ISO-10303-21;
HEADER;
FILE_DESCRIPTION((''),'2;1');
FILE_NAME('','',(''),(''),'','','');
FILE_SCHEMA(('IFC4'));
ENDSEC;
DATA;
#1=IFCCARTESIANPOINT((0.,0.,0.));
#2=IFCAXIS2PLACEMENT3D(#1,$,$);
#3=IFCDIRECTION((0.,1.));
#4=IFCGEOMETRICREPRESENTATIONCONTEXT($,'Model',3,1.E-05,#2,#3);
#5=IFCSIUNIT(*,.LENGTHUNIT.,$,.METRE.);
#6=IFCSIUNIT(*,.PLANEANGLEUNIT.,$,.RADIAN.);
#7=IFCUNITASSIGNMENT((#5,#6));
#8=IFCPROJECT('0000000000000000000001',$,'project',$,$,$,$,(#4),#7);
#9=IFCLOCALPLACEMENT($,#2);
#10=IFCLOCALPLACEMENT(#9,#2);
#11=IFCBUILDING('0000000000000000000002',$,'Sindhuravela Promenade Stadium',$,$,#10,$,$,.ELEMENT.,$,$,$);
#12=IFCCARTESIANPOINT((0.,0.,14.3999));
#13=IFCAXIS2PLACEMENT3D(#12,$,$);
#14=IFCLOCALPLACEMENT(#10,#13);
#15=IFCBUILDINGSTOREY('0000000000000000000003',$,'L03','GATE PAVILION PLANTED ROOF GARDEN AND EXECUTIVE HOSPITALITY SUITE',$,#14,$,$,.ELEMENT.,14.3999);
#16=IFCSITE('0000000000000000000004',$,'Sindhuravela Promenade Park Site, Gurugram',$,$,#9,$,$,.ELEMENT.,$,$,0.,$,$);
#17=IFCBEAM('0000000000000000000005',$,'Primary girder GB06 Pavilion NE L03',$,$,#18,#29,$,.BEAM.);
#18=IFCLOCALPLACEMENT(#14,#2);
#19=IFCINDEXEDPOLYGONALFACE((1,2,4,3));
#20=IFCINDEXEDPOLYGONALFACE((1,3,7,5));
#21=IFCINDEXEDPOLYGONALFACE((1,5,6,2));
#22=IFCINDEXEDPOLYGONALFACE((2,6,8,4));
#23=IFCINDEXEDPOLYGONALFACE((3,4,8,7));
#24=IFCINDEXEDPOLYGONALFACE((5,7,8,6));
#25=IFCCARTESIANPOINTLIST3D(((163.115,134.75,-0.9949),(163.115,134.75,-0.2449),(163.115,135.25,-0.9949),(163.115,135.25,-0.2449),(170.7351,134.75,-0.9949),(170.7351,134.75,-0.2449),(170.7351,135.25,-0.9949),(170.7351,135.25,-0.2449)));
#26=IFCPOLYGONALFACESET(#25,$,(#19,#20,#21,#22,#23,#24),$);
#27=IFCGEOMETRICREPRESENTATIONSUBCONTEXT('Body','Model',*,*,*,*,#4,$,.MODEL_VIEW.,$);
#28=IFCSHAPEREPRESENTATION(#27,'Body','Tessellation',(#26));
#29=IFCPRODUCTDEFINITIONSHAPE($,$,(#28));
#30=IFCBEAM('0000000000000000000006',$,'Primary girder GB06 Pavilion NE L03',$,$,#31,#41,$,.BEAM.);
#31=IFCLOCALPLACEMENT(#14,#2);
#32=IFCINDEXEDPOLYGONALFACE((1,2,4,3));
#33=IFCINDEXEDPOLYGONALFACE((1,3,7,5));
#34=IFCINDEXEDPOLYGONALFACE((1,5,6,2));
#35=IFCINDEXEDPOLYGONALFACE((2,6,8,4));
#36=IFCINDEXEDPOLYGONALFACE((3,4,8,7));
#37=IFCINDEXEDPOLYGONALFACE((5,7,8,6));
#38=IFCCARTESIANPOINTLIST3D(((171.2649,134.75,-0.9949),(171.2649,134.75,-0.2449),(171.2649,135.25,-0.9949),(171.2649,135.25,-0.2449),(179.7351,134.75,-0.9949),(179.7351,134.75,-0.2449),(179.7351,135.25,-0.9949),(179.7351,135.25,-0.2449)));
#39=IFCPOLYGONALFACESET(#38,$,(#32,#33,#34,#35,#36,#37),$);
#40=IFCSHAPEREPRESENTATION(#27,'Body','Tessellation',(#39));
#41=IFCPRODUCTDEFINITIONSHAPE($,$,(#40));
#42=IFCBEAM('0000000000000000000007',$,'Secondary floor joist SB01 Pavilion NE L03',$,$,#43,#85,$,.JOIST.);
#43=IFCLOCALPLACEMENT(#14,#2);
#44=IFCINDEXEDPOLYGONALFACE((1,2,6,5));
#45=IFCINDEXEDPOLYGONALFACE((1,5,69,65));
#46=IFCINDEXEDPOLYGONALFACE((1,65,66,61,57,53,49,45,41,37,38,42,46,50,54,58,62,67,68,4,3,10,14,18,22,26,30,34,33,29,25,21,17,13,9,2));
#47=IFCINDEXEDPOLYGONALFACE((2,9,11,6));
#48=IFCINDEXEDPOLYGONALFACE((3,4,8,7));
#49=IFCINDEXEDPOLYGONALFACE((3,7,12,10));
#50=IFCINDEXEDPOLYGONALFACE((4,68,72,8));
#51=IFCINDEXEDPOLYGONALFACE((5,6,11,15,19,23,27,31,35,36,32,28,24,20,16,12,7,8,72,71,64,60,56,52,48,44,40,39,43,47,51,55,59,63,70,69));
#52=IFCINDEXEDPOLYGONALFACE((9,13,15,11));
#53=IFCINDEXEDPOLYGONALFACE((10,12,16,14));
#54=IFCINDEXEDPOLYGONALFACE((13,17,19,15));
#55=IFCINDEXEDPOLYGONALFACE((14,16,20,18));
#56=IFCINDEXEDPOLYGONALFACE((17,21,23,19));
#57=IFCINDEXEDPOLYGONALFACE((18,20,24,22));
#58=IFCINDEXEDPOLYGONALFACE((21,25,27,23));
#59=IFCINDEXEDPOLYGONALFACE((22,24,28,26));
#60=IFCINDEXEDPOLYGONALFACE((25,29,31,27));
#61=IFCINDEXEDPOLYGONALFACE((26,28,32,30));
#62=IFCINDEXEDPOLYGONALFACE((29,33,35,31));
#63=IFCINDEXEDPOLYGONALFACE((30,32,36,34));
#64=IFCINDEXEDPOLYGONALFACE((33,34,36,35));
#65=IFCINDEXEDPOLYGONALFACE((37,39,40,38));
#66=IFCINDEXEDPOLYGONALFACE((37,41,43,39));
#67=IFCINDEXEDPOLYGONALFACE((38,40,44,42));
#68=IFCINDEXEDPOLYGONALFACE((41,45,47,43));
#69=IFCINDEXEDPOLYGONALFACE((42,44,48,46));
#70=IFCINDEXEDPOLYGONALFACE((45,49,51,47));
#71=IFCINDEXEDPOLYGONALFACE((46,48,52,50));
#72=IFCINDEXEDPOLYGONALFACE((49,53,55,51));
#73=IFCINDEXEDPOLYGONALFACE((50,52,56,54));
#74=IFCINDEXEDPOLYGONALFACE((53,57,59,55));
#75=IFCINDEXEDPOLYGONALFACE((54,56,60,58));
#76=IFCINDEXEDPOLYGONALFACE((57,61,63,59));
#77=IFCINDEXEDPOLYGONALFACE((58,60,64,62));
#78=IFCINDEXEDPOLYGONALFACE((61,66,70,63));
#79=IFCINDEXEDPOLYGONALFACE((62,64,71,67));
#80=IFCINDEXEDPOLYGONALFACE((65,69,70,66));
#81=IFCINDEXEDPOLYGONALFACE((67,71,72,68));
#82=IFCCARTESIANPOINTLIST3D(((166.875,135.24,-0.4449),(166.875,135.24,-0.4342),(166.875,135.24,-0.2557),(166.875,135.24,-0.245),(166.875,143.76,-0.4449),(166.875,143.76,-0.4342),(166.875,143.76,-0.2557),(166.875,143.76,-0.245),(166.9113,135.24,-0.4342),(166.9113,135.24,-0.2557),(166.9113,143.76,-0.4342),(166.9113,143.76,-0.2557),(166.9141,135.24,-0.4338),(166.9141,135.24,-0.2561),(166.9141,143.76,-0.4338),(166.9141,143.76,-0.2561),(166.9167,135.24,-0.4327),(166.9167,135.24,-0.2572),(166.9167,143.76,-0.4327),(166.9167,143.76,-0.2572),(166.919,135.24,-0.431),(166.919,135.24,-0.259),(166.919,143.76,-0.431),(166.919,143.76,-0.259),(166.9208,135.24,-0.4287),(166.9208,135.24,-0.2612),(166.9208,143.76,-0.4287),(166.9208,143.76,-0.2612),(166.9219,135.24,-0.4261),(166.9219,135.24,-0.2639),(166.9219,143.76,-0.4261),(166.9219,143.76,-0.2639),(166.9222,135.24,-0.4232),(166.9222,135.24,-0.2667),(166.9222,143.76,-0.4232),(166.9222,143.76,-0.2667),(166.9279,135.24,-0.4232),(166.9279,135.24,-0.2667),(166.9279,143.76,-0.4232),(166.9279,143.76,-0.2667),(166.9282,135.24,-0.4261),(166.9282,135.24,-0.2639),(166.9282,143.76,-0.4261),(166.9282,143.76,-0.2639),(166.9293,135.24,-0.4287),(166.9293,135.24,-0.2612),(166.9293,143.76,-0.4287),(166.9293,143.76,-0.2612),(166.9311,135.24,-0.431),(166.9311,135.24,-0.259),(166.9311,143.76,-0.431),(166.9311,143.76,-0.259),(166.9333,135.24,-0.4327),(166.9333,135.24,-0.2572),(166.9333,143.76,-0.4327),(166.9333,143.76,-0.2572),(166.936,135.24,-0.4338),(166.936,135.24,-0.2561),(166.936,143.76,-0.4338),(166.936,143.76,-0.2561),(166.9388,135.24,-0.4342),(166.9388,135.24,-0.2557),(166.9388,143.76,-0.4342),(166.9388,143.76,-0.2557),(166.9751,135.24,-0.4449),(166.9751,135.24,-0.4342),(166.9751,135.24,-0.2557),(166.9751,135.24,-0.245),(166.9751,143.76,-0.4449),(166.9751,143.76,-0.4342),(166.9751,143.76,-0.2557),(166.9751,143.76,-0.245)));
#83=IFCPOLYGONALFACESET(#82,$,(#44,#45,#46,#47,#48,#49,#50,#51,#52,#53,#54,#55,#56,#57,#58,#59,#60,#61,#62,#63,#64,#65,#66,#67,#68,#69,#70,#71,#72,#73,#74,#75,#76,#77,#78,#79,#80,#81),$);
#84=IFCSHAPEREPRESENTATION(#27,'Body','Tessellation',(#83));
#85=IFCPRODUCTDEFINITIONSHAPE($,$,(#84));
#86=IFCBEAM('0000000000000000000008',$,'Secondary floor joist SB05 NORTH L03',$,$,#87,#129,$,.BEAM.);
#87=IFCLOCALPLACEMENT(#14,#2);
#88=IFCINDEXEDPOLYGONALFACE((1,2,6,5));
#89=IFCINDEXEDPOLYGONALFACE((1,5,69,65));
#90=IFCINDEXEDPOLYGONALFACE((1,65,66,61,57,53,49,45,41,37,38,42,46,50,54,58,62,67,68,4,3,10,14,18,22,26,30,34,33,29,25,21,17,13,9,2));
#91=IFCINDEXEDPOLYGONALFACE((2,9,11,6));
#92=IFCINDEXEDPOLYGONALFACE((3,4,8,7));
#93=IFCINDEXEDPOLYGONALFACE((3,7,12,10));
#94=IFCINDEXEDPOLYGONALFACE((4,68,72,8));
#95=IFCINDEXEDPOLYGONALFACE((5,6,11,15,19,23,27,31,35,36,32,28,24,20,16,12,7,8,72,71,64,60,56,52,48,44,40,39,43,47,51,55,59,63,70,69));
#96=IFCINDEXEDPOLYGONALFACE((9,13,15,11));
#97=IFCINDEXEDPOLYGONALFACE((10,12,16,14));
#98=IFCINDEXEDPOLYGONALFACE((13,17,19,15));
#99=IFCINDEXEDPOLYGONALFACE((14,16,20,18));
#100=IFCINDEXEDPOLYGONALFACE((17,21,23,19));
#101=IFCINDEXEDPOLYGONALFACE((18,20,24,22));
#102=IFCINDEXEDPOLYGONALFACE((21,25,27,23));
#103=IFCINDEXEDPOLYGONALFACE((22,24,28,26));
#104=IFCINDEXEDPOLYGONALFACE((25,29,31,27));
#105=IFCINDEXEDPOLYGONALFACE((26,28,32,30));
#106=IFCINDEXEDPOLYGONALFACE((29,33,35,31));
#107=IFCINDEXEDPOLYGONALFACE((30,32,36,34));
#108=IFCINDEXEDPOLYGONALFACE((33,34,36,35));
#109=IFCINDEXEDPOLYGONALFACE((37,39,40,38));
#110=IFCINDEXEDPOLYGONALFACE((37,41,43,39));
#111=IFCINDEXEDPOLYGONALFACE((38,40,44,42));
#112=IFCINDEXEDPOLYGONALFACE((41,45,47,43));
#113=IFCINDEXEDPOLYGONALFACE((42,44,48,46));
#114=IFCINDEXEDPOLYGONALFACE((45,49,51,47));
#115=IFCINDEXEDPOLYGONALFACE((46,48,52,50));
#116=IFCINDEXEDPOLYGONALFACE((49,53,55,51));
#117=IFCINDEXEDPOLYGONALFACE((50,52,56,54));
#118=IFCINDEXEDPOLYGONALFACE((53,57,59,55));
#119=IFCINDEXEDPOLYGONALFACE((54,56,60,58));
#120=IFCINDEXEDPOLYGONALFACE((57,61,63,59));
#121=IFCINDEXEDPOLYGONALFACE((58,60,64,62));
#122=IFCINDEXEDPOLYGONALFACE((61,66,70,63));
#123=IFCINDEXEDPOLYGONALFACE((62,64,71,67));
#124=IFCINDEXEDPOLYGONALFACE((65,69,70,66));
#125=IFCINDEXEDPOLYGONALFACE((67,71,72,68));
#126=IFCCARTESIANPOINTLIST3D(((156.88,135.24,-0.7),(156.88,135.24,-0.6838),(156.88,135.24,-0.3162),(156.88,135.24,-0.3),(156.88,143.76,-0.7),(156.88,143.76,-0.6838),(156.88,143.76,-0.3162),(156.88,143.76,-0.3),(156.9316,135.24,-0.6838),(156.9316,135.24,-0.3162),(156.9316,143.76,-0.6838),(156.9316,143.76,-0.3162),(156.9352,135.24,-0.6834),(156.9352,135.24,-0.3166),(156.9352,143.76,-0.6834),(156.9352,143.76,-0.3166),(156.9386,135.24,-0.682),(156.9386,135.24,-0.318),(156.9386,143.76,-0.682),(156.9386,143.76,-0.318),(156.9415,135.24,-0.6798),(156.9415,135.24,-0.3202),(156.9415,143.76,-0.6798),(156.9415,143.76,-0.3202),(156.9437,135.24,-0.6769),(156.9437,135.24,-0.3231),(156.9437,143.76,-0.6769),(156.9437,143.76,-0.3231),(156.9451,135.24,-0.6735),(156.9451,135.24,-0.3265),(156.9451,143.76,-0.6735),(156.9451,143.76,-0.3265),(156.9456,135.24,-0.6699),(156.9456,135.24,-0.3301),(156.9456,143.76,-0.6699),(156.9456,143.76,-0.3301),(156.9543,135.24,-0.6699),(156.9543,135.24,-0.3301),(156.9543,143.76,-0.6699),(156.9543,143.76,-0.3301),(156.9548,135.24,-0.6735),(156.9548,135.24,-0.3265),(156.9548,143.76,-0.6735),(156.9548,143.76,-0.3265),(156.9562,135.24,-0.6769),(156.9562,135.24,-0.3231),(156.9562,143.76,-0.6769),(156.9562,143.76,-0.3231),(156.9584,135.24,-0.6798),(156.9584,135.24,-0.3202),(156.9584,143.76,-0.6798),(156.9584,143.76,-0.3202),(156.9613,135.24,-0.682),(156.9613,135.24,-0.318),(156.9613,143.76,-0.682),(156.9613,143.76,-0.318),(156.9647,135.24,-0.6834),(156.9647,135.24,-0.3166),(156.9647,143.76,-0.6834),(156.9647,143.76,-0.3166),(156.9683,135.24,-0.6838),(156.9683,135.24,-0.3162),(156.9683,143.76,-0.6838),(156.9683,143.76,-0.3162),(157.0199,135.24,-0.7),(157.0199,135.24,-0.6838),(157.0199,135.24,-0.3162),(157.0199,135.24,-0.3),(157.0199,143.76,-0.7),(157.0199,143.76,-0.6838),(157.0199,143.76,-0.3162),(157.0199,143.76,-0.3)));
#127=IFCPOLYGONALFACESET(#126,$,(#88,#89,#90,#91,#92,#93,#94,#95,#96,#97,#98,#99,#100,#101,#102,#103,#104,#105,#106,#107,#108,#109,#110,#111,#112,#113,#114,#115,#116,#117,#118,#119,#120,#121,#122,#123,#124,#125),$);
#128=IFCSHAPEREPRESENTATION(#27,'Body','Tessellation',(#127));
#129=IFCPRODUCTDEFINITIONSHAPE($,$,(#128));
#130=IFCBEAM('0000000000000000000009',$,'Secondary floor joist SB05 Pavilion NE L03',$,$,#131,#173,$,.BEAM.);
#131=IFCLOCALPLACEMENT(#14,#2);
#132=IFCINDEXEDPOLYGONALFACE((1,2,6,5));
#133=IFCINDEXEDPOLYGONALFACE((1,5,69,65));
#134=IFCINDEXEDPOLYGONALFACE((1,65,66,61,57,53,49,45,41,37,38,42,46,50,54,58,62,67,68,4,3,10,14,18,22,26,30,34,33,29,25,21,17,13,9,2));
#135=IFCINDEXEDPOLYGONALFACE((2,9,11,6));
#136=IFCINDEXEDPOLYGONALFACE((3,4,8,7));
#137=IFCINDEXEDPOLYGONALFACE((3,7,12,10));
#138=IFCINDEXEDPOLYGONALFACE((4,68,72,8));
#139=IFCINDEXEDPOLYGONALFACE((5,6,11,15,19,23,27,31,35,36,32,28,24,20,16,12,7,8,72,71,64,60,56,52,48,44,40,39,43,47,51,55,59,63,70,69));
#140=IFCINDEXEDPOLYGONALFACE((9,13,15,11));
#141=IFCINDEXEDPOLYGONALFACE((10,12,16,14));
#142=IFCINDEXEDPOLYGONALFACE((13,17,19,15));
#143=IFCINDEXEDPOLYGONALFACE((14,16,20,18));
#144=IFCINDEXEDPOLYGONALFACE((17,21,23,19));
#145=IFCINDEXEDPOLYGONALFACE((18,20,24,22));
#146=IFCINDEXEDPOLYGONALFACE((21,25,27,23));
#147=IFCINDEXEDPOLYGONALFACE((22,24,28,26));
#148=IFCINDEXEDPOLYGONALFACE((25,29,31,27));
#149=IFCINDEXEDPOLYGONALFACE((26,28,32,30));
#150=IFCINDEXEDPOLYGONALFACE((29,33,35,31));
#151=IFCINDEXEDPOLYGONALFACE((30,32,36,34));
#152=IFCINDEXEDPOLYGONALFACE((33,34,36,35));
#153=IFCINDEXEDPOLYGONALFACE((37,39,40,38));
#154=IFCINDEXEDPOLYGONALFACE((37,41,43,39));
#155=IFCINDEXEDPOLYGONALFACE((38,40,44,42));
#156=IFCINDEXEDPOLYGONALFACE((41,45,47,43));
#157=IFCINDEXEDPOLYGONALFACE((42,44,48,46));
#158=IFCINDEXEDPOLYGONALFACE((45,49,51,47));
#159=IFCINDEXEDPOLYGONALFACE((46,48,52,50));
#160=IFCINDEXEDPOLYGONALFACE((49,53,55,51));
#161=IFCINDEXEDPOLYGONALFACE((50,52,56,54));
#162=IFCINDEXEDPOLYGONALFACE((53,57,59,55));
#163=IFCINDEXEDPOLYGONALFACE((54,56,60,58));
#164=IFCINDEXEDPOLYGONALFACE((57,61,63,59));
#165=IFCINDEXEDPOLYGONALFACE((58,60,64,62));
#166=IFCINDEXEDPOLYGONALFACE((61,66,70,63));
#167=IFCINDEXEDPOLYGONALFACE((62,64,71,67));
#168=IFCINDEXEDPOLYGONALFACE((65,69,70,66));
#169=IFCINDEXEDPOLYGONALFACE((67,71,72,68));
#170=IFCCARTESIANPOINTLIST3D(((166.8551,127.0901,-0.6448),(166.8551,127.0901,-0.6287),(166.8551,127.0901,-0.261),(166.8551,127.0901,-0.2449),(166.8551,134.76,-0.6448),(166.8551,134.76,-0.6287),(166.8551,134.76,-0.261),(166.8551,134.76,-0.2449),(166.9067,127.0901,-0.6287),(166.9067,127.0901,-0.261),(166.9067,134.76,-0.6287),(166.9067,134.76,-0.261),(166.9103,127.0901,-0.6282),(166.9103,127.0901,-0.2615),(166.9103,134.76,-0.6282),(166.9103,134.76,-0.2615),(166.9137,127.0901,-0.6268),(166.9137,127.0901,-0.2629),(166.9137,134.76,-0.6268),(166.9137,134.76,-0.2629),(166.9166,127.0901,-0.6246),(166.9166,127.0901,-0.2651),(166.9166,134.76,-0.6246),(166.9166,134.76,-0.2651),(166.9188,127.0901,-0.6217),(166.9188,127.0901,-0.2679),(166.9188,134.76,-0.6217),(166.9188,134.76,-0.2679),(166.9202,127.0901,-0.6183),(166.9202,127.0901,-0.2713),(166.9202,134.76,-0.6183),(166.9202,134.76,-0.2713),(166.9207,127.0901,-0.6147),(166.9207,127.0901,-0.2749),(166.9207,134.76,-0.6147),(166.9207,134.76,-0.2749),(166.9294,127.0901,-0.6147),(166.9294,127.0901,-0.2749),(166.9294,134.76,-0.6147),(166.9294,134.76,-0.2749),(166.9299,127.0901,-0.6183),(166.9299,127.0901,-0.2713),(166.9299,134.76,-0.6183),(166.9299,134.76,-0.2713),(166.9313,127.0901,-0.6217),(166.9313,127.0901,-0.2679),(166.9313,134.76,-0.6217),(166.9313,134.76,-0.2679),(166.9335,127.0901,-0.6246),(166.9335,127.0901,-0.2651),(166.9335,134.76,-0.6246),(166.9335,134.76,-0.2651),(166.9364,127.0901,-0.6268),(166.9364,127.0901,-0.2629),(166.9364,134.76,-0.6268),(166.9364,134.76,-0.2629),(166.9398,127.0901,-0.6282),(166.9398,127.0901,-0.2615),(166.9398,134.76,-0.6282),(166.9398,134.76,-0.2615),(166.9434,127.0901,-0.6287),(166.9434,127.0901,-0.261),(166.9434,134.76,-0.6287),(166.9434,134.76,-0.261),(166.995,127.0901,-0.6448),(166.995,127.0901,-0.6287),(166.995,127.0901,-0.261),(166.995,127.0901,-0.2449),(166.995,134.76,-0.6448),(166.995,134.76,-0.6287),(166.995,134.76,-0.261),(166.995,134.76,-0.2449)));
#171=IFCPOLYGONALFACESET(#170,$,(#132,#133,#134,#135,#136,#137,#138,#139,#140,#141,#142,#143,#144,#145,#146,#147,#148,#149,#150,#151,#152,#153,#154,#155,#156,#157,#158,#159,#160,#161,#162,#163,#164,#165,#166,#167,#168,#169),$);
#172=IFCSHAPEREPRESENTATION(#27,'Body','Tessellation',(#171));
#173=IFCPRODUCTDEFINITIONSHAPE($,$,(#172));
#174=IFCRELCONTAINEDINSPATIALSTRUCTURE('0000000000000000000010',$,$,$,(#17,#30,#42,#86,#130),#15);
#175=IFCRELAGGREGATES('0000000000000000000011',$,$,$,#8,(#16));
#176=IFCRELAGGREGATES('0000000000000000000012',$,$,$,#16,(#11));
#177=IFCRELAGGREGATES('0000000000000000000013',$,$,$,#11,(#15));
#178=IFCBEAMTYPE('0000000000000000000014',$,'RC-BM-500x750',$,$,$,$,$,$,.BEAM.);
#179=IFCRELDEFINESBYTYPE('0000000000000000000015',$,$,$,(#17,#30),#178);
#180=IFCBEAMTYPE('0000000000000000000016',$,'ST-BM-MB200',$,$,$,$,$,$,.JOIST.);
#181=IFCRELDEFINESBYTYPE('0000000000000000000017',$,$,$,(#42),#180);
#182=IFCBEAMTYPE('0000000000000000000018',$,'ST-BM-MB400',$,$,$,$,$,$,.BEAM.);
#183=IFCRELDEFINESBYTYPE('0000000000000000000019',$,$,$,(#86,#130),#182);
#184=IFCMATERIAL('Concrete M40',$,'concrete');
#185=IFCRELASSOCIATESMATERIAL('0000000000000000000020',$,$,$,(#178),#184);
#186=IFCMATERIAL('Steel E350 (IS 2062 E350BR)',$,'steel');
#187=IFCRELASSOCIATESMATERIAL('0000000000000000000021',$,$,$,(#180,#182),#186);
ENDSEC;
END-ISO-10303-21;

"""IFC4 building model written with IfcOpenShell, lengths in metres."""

from ifc_helpers import new_model, si_unit, direction, frame, origin, origin_2d, place, context, subcontext, project, spatial, rectangle, i_section, extrude, material, material_profile, profile_set, type_object, element, save


model = new_model("IFC4")

# Units and contexts
model_context = context("Model", 3, precision=1e-05, world=origin(), true_north=direction((0.0, 1.0)))
body_context = subcontext(model_context, "Body", "Model", "MODEL_VIEW")
ifc_project = project(units=[si_unit("LENGTHUNIT", "METRE"), si_unit("PLANEANGLEUNIT", "RADIAN")], contexts=[model_context])

# Site, building, storey
site_placement = place(None, origin())
site = spatial("IfcSite", under=ifc_project, at=site_placement, Name="Sindhuravela Promenade Park Site, Gurugram", CompositionType="ELEMENT", RefElevation=0.0)
building_placement = place(site_placement, origin())
building = spatial("IfcBuilding", under=site, at=building_placement, Name="Sindhuravela Promenade Stadium", CompositionType="ELEMENT")
storey_placement = place(building_placement, frame((0.0, 0.0, 14.3999)))
storey = spatial("IfcBuildingStorey", under=building, at=storey_placement, Name="L03", Description="GATE PAVILION PLANTED ROOF GARDEN AND EXECUTIVE HOSPITALITY SUITE", CompositionType="ELEMENT", Elevation=14.3999)

# Shared definitions
ifc_material_1 = material(Name="Concrete M40", Category="concrete")

# Beams
ifc_material_profile_1 = material_profile(ifc_material_1, rectangle(XDim=0.5, YDim=0.75, at=origin_2d()), Name="RC 500x750")
ifc_profile_set_1 = profile_set([ifc_material_profile_1], Name="Concrete M40")
beam_type_1 = type_object("IfcBeamType", Name="RC-BM-500x750", PredefinedType="BEAM", material=ifc_profile_set_1)
beam_1_placement = place(storey_placement, frame((163.115, 135.0, -0.6199), z_axis=(1.0, 0.0, 0.0), x_axis=(0.0, 1.0, 0.0)))
element("IfcBeam", 1, at=beam_1_placement, inside=storey, type_object=beam_type_1, Name="Primary girder GB06 Pavilion NE L03", PredefinedType="BEAM", context=body_context, shape_type="SweptSolid", body=[
    extrude(rectangle(XDim=0.5, YDim=0.75, at=origin_2d()), origin(), (0.0, 0.0, 1.0), 7.6201),
])
beam_2_placement = place(storey_placement, frame((171.2649, 135.0, -0.6199), z_axis=(1.0, 0.0, 0.0), x_axis=(0.0, 1.0, 0.0)))
element("IfcBeam", 2, at=beam_2_placement, inside=storey, type_object=beam_type_1, Name="Primary girder GB06 Pavilion NE L03", PredefinedType="BEAM", context=body_context, shape_type="SweptSolid", body=[
    extrude(rectangle(XDim=0.5, YDim=0.75, at=origin_2d()), origin(), (0.0, 0.0, 1.0), 8.4702),
])
ifc_material_2 = material(Name="Steel E350 (IS 2062 E350BR)", Category="steel")
ifc_material_profile_2 = material_profile(ifc_material_2, i_section(OverallWidth=0.1001, OverallDepth=0.2, WebThickness=0.0056, FlangeThickness=0.0107, FilletRadius=0.011, at=origin_2d()), Name="ISMB 200")
ifc_profile_set_2 = profile_set([ifc_material_profile_2], Name="Steel E350 (IS 2062 E350BR)")
beam_type_2 = type_object("IfcBeamType", Name="ST-BM-MB200", PredefinedType="JOIST", material=ifc_profile_set_2)
beam_3_placement = place(storey_placement, frame((166.925, 135.24, -0.345), z_axis=(0.0, 1.0, 0.0), x_axis=(-1.0, 0.0, 0.0)))
element("IfcBeam", 3, at=beam_3_placement, inside=storey, type_object=beam_type_2, Name="Secondary floor joist SB01 Pavilion NE L03", PredefinedType="JOIST", context=body_context, shape_type="SweptSolid", body=[
    extrude(i_section(OverallWidth=0.1001, OverallDepth=0.2, WebThickness=0.0056, FlangeThickness=0.0107, FilletRadius=0.011, at=origin_2d()), origin(), (0.0, 0.0, 1.0), 8.52),
])
ifc_material_profile_3 = material_profile(ifc_material_2, i_section(OverallWidth=0.1399, OverallDepth=0.3999, WebThickness=0.0088, FlangeThickness=0.0161, FilletRadius=0.0139, at=origin_2d()), Name="ISMB 400")
ifc_profile_set_3 = profile_set([ifc_material_profile_3], Name="Steel E350 (IS 2062 E350BR)")
beam_type_3 = type_object("IfcBeamType", Name="ST-BM-MB400", PredefinedType="BEAM", material=ifc_profile_set_3)
beam_4_placement = place(storey_placement, frame((156.95, 135.24, -0.5), z_axis=(0.0, 1.0, 0.0), x_axis=(-1.0, 0.0, 0.0)))
element("IfcBeam", 4, at=beam_4_placement, inside=storey, type_object=beam_type_3, Name="Secondary floor joist SB05 NORTH L03", PredefinedType="BEAM", context=body_context, shape_type="SweptSolid", body=[
    extrude(i_section(OverallWidth=0.1399, OverallDepth=0.3999, WebThickness=0.0088, FlangeThickness=0.0161, FilletRadius=0.0139, at=origin_2d()), origin(), (0.0, 0.0, 1.0), 8.52),
])
beam_5_placement = place(storey_placement, frame((166.925, 127.0901, -0.4448), z_axis=(0.0, 1.0, 0.0), x_axis=(-1.0, 0.0, 0.0)))
element("IfcBeam", 5, at=beam_5_placement, inside=storey, type_object=beam_type_3, Name="Secondary floor joist SB05 Pavilion NE L03", PredefinedType="BEAM", context=body_context, shape_type="SweptSolid", body=[
    extrude(i_section(OverallWidth=0.1399, OverallDepth=0.3999, WebThickness=0.0088, FlangeThickness=0.0161, FilletRadius=0.0139, at=origin_2d()), origin(), (0.0, 0.0, 1.0), 7.6699),
])

save(model, "model.ifc")
